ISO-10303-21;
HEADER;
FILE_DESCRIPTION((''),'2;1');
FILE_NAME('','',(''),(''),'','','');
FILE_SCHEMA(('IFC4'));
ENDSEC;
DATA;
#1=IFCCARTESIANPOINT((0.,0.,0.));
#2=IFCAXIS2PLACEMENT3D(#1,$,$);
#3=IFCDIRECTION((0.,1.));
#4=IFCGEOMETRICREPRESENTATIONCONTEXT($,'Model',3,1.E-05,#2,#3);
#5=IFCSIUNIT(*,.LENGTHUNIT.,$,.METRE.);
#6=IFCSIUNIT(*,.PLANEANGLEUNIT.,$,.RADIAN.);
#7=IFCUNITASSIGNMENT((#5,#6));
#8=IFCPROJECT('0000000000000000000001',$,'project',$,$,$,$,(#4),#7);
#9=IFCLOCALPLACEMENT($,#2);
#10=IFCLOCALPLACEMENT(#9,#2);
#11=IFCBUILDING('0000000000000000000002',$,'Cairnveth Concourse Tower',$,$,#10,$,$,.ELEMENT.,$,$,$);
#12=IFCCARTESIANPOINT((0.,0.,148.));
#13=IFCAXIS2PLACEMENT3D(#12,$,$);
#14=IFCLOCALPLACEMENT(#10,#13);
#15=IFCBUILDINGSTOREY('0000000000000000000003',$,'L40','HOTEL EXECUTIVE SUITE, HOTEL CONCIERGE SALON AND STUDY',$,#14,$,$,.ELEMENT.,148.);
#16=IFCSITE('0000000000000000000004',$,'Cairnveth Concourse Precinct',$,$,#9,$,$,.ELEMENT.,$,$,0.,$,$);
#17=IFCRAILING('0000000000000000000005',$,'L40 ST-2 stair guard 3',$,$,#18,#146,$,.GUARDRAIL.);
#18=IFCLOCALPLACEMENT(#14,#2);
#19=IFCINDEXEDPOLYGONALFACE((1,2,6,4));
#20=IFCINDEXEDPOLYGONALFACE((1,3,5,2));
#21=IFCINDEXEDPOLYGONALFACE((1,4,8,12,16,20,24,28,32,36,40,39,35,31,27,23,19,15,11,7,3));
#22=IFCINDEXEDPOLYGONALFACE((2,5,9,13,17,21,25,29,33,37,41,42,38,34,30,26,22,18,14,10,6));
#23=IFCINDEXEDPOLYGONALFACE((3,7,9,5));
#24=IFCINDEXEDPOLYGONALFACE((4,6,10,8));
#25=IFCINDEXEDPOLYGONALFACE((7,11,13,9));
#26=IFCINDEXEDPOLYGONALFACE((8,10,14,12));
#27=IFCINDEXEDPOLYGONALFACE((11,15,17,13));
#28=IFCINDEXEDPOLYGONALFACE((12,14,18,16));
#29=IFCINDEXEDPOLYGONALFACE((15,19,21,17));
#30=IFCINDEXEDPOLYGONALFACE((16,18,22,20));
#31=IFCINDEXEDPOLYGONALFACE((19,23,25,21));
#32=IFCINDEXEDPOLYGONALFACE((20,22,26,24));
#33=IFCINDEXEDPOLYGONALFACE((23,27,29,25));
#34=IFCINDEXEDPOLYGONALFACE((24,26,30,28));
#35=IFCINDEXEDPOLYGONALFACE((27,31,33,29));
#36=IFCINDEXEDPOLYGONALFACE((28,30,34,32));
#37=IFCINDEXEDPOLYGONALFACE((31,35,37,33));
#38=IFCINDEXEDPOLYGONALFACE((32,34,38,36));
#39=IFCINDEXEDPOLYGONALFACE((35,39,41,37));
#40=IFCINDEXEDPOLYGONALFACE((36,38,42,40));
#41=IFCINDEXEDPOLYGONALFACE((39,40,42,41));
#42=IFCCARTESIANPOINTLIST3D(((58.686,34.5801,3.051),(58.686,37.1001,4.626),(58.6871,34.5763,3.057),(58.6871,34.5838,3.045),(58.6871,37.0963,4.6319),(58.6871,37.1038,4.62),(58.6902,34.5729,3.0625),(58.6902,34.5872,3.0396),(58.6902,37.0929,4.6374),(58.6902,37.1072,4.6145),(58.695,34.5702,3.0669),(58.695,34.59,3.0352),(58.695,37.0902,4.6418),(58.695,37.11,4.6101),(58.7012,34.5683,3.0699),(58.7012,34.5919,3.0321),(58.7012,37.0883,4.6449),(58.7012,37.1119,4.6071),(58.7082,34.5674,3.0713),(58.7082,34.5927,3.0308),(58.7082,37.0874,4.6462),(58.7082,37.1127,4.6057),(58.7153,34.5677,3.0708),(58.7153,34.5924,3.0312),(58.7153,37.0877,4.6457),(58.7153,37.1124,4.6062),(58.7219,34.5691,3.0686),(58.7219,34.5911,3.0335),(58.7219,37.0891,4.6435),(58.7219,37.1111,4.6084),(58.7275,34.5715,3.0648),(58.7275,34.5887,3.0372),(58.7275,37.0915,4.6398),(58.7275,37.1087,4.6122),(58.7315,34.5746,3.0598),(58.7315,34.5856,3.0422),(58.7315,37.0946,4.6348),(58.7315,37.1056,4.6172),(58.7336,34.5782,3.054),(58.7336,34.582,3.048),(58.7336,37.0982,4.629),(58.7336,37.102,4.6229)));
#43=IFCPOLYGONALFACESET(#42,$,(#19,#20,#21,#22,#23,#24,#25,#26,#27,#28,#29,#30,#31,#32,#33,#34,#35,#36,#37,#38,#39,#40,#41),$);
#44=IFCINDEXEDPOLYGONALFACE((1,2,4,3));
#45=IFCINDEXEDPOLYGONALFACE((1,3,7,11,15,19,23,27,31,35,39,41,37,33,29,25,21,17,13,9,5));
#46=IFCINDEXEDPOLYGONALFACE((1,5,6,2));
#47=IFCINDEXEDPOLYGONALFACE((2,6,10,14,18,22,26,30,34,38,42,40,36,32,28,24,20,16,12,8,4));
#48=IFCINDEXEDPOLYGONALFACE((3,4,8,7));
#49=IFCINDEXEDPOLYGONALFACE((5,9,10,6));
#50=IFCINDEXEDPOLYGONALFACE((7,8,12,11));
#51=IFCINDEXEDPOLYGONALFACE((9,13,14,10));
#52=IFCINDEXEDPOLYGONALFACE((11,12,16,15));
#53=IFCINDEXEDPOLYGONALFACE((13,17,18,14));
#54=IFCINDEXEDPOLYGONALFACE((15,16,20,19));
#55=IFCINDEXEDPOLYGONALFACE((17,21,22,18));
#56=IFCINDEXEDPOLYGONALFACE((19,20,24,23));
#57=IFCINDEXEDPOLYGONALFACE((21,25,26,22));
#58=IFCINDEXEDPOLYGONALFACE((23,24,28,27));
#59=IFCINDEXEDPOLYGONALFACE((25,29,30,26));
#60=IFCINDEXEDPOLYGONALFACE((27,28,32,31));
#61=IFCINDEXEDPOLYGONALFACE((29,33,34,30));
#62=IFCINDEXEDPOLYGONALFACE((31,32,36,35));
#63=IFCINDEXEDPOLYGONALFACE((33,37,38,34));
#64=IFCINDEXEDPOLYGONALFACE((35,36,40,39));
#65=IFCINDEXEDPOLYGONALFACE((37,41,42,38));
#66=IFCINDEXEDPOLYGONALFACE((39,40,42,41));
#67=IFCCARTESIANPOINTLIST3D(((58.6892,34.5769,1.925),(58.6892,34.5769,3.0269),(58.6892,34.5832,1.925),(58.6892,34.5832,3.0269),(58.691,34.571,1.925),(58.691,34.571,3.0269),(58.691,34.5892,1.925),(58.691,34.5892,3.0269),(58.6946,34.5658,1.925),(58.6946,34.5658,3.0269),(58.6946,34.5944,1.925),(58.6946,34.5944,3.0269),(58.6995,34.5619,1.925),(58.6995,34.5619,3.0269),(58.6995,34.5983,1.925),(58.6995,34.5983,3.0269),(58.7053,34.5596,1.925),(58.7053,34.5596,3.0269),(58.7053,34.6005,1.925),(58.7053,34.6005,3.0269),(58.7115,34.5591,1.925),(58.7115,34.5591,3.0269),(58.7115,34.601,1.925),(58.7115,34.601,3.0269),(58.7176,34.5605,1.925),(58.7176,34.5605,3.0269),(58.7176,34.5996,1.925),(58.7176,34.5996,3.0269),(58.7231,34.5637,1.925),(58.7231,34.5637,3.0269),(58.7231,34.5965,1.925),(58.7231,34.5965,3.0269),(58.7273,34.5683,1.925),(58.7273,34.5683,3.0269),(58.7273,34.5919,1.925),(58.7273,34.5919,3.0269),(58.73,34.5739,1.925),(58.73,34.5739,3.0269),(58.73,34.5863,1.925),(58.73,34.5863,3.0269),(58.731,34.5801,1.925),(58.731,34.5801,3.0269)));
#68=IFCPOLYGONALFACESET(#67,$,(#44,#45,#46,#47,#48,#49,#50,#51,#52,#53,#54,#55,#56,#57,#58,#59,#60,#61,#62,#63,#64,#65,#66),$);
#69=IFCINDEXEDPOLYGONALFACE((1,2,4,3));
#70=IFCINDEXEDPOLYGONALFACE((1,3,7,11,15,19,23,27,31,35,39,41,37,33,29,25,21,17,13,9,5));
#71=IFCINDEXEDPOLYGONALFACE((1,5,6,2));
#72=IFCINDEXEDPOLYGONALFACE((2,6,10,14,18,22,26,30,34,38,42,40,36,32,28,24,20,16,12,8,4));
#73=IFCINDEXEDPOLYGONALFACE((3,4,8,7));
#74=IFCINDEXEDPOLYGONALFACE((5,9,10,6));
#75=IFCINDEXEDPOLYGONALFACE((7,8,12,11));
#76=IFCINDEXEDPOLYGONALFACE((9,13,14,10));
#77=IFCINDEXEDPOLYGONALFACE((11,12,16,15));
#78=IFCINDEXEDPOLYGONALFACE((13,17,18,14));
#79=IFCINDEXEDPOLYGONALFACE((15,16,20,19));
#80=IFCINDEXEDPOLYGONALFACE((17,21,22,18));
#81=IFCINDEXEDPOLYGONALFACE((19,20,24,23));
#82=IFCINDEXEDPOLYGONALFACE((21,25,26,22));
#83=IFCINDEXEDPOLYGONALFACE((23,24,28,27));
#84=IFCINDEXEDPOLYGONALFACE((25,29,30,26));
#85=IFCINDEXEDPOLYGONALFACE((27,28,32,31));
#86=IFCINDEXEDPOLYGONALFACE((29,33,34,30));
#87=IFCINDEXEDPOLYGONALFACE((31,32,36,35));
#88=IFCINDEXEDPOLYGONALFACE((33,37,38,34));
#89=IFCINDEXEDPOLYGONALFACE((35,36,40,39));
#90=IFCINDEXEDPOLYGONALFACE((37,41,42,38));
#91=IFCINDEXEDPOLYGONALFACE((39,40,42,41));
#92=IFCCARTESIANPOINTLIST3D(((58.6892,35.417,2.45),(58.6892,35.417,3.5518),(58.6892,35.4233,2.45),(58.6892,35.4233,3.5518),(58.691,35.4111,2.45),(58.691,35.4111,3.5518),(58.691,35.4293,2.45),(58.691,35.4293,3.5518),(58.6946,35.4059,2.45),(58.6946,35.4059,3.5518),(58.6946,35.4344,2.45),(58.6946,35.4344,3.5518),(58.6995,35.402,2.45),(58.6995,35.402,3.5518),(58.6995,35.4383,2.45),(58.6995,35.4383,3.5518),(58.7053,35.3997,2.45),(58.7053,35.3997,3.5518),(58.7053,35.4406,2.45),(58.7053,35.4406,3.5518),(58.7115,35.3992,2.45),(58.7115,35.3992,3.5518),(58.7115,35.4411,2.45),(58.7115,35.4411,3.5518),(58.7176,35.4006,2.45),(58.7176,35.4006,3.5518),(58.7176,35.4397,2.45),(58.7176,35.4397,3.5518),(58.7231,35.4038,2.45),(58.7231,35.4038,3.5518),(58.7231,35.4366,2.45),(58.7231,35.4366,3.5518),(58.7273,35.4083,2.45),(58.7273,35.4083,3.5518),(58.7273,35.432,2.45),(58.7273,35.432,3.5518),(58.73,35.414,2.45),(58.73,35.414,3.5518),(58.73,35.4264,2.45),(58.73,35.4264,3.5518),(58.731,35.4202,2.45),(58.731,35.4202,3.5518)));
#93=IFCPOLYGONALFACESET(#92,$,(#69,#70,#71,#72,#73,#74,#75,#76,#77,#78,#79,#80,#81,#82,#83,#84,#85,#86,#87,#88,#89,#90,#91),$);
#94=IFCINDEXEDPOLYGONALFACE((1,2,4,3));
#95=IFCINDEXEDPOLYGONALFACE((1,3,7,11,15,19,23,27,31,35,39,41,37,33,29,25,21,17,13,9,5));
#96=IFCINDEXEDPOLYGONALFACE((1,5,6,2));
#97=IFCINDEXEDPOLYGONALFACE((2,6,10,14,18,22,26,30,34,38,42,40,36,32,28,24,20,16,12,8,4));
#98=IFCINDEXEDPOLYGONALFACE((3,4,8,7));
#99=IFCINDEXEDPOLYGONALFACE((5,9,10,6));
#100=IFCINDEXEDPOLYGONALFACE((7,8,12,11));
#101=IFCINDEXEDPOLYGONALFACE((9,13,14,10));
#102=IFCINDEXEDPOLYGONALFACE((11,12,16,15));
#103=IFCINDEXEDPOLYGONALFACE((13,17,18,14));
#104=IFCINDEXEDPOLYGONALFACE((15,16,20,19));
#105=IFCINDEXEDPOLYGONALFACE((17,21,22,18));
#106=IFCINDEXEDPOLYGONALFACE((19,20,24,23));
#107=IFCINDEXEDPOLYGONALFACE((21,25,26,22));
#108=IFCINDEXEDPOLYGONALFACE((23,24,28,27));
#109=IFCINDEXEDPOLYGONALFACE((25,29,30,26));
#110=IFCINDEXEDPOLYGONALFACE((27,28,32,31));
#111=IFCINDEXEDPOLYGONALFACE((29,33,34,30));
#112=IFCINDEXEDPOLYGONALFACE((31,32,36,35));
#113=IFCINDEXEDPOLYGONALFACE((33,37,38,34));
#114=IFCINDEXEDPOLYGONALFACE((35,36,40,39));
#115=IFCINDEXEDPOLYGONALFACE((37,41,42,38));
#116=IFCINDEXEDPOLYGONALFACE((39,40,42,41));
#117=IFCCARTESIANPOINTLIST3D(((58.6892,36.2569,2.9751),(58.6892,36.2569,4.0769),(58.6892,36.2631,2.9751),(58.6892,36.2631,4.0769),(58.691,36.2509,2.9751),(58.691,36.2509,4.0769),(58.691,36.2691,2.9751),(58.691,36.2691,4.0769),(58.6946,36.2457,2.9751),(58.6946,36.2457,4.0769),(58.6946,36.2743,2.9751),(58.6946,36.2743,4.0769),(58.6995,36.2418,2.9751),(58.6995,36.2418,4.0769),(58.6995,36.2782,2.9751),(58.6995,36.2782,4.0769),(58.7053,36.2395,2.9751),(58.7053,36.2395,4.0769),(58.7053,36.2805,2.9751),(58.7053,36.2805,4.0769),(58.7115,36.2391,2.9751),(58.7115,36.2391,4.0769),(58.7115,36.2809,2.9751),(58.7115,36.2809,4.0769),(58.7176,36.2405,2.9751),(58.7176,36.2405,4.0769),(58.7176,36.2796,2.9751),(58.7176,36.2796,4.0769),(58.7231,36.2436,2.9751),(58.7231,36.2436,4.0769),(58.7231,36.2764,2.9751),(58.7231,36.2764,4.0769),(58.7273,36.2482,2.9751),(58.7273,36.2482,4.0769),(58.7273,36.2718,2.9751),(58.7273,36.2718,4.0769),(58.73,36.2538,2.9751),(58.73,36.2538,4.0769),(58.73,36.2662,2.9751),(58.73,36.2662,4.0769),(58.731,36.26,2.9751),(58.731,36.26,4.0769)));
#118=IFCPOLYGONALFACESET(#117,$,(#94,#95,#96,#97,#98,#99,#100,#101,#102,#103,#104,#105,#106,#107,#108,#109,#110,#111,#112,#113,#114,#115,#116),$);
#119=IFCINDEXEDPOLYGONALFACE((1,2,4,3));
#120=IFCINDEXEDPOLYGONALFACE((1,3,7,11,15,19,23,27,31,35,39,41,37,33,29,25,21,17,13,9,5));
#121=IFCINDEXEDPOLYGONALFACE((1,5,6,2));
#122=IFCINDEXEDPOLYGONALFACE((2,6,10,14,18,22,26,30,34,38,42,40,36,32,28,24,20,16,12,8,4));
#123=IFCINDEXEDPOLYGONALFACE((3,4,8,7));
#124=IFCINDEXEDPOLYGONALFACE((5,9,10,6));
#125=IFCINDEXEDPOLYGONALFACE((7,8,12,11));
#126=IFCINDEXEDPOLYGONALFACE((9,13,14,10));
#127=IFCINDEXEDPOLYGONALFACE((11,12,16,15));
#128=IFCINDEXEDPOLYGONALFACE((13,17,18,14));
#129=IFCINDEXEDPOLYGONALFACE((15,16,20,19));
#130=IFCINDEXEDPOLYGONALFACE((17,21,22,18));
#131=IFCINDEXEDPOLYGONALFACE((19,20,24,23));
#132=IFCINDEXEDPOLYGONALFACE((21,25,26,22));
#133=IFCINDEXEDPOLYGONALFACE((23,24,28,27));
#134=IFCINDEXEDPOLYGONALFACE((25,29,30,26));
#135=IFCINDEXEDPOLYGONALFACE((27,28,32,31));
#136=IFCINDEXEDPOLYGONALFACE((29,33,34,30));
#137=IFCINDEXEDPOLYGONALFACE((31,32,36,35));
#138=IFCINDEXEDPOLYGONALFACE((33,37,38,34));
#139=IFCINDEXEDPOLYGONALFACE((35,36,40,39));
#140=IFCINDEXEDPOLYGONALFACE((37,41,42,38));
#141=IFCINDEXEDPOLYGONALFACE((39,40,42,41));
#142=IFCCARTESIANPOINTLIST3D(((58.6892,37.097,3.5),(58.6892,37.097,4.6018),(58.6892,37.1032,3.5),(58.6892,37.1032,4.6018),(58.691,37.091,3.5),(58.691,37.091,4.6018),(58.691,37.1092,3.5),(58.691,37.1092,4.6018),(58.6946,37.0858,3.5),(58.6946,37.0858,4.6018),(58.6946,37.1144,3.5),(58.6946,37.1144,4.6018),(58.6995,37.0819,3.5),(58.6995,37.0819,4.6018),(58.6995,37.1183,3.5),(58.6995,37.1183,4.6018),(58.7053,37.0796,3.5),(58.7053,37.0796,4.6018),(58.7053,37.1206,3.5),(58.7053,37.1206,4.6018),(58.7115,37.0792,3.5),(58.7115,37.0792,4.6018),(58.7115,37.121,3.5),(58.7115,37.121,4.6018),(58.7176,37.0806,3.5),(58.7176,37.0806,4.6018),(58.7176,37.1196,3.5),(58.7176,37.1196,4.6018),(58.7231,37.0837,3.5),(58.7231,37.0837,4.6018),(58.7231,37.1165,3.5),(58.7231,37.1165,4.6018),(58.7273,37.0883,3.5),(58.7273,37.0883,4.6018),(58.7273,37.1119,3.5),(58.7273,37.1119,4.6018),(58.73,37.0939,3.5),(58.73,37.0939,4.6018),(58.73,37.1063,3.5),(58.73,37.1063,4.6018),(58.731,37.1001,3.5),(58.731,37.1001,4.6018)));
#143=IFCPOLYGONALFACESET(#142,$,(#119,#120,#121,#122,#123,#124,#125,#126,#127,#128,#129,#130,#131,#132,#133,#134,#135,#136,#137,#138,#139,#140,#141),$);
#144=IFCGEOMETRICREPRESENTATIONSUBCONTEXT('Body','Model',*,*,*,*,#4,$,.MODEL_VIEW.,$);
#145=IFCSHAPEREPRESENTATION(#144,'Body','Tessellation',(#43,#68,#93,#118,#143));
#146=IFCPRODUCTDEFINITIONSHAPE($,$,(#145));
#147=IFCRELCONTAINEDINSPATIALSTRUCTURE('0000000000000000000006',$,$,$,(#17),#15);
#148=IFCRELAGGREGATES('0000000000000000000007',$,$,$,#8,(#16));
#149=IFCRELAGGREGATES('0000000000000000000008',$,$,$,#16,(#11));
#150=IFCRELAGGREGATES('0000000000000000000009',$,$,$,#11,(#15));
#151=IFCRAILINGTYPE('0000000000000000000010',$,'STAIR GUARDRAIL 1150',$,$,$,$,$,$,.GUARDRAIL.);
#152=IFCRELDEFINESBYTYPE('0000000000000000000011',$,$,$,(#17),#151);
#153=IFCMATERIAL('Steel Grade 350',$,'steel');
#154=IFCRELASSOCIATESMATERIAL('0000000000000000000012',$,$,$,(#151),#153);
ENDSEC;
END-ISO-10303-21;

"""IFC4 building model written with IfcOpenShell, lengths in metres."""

from ifc_helpers import new_model, si_unit, direction, frame, origin, origin_2d, place, context, subcontext, project, spatial, circle, extrude, material, type_object, element, save


model = new_model("IFC4")

# Units and contexts
model_context = context("Model", 3, precision=1e-05, world=origin(), true_north=direction((0.0, 1.0)))
body_context = subcontext(model_context, "Body", "Model", "MODEL_VIEW")
ifc_project = project(units=[si_unit("LENGTHUNIT", "METRE"), si_unit("PLANEANGLEUNIT", "RADIAN")], contexts=[model_context])

# Site, building, storey
site_placement = place(None, origin())
site = spatial("IfcSite", under=ifc_project, at=site_placement, Name="Cairnveth Concourse Precinct", CompositionType="ELEMENT", RefElevation=0.0)
building_placement = place(site_placement, origin())
building = spatial("IfcBuilding", under=site, at=building_placement, Name="Cairnveth Concourse Tower", CompositionType="ELEMENT")
storey_placement = place(building_placement, frame((0.0, 0.0, 148.0)))
storey = spatial("IfcBuildingStorey", under=building, at=storey_placement, Name="L40", Description="HOTEL EXECUTIVE SUITE, HOTEL CONCIERGE SALON AND STUDY", CompositionType="ELEMENT", Elevation=148.0)

# Shared definitions
ifc_material_1 = material(Name="Steel Grade 350", Category="steel")

# Railing
railing_type_1 = type_object("IfcRailingType", Name="STAIR GUARDRAIL 1150", PredefinedType="GUARDRAIL", material=ifc_material_1)
railing_1_placement = place(storey_placement, frame((58.71, 34.5801, 1.925)))
element("IfcRailing", 1, at=railing_1_placement, inside=storey, type_object=railing_type_1, Name="L40 ST-2 stair guard 3", PredefinedType="GUARDRAIL", context=body_context, shape_type="SweptSolid", body=[
    extrude(circle(Radius=0.0239, at=origin_2d()), frame((0.0, 0.0, 1.126), z_axis=(0.0, 0.848008, 0.529984), x_axis=(-1.0, 0.0, 0.0)), (0.0, 0.0, 1.0), 2.9717),
    extrude(circle(Radius=0.021, at=origin_2d()), origin(), (0.0, 0.0, 1.0), 1.1018),
    extrude(circle(Radius=0.021, at=origin_2d()), frame((0.0, 0.8401, 0.5249)), (0.0, 0.0, 1.0), 1.1018),
    extrude(circle(Radius=0.021, at=origin_2d()), frame((0.0, 1.6799, 1.05)), (0.0, 0.0, 1.0), 1.1018),
    extrude(circle(Radius=0.021, at=origin_2d()), frame((0.0, 2.52, 1.575)), (0.0, 0.0, 1.0), 1.1018),
])

save(model, "model.ifc")
